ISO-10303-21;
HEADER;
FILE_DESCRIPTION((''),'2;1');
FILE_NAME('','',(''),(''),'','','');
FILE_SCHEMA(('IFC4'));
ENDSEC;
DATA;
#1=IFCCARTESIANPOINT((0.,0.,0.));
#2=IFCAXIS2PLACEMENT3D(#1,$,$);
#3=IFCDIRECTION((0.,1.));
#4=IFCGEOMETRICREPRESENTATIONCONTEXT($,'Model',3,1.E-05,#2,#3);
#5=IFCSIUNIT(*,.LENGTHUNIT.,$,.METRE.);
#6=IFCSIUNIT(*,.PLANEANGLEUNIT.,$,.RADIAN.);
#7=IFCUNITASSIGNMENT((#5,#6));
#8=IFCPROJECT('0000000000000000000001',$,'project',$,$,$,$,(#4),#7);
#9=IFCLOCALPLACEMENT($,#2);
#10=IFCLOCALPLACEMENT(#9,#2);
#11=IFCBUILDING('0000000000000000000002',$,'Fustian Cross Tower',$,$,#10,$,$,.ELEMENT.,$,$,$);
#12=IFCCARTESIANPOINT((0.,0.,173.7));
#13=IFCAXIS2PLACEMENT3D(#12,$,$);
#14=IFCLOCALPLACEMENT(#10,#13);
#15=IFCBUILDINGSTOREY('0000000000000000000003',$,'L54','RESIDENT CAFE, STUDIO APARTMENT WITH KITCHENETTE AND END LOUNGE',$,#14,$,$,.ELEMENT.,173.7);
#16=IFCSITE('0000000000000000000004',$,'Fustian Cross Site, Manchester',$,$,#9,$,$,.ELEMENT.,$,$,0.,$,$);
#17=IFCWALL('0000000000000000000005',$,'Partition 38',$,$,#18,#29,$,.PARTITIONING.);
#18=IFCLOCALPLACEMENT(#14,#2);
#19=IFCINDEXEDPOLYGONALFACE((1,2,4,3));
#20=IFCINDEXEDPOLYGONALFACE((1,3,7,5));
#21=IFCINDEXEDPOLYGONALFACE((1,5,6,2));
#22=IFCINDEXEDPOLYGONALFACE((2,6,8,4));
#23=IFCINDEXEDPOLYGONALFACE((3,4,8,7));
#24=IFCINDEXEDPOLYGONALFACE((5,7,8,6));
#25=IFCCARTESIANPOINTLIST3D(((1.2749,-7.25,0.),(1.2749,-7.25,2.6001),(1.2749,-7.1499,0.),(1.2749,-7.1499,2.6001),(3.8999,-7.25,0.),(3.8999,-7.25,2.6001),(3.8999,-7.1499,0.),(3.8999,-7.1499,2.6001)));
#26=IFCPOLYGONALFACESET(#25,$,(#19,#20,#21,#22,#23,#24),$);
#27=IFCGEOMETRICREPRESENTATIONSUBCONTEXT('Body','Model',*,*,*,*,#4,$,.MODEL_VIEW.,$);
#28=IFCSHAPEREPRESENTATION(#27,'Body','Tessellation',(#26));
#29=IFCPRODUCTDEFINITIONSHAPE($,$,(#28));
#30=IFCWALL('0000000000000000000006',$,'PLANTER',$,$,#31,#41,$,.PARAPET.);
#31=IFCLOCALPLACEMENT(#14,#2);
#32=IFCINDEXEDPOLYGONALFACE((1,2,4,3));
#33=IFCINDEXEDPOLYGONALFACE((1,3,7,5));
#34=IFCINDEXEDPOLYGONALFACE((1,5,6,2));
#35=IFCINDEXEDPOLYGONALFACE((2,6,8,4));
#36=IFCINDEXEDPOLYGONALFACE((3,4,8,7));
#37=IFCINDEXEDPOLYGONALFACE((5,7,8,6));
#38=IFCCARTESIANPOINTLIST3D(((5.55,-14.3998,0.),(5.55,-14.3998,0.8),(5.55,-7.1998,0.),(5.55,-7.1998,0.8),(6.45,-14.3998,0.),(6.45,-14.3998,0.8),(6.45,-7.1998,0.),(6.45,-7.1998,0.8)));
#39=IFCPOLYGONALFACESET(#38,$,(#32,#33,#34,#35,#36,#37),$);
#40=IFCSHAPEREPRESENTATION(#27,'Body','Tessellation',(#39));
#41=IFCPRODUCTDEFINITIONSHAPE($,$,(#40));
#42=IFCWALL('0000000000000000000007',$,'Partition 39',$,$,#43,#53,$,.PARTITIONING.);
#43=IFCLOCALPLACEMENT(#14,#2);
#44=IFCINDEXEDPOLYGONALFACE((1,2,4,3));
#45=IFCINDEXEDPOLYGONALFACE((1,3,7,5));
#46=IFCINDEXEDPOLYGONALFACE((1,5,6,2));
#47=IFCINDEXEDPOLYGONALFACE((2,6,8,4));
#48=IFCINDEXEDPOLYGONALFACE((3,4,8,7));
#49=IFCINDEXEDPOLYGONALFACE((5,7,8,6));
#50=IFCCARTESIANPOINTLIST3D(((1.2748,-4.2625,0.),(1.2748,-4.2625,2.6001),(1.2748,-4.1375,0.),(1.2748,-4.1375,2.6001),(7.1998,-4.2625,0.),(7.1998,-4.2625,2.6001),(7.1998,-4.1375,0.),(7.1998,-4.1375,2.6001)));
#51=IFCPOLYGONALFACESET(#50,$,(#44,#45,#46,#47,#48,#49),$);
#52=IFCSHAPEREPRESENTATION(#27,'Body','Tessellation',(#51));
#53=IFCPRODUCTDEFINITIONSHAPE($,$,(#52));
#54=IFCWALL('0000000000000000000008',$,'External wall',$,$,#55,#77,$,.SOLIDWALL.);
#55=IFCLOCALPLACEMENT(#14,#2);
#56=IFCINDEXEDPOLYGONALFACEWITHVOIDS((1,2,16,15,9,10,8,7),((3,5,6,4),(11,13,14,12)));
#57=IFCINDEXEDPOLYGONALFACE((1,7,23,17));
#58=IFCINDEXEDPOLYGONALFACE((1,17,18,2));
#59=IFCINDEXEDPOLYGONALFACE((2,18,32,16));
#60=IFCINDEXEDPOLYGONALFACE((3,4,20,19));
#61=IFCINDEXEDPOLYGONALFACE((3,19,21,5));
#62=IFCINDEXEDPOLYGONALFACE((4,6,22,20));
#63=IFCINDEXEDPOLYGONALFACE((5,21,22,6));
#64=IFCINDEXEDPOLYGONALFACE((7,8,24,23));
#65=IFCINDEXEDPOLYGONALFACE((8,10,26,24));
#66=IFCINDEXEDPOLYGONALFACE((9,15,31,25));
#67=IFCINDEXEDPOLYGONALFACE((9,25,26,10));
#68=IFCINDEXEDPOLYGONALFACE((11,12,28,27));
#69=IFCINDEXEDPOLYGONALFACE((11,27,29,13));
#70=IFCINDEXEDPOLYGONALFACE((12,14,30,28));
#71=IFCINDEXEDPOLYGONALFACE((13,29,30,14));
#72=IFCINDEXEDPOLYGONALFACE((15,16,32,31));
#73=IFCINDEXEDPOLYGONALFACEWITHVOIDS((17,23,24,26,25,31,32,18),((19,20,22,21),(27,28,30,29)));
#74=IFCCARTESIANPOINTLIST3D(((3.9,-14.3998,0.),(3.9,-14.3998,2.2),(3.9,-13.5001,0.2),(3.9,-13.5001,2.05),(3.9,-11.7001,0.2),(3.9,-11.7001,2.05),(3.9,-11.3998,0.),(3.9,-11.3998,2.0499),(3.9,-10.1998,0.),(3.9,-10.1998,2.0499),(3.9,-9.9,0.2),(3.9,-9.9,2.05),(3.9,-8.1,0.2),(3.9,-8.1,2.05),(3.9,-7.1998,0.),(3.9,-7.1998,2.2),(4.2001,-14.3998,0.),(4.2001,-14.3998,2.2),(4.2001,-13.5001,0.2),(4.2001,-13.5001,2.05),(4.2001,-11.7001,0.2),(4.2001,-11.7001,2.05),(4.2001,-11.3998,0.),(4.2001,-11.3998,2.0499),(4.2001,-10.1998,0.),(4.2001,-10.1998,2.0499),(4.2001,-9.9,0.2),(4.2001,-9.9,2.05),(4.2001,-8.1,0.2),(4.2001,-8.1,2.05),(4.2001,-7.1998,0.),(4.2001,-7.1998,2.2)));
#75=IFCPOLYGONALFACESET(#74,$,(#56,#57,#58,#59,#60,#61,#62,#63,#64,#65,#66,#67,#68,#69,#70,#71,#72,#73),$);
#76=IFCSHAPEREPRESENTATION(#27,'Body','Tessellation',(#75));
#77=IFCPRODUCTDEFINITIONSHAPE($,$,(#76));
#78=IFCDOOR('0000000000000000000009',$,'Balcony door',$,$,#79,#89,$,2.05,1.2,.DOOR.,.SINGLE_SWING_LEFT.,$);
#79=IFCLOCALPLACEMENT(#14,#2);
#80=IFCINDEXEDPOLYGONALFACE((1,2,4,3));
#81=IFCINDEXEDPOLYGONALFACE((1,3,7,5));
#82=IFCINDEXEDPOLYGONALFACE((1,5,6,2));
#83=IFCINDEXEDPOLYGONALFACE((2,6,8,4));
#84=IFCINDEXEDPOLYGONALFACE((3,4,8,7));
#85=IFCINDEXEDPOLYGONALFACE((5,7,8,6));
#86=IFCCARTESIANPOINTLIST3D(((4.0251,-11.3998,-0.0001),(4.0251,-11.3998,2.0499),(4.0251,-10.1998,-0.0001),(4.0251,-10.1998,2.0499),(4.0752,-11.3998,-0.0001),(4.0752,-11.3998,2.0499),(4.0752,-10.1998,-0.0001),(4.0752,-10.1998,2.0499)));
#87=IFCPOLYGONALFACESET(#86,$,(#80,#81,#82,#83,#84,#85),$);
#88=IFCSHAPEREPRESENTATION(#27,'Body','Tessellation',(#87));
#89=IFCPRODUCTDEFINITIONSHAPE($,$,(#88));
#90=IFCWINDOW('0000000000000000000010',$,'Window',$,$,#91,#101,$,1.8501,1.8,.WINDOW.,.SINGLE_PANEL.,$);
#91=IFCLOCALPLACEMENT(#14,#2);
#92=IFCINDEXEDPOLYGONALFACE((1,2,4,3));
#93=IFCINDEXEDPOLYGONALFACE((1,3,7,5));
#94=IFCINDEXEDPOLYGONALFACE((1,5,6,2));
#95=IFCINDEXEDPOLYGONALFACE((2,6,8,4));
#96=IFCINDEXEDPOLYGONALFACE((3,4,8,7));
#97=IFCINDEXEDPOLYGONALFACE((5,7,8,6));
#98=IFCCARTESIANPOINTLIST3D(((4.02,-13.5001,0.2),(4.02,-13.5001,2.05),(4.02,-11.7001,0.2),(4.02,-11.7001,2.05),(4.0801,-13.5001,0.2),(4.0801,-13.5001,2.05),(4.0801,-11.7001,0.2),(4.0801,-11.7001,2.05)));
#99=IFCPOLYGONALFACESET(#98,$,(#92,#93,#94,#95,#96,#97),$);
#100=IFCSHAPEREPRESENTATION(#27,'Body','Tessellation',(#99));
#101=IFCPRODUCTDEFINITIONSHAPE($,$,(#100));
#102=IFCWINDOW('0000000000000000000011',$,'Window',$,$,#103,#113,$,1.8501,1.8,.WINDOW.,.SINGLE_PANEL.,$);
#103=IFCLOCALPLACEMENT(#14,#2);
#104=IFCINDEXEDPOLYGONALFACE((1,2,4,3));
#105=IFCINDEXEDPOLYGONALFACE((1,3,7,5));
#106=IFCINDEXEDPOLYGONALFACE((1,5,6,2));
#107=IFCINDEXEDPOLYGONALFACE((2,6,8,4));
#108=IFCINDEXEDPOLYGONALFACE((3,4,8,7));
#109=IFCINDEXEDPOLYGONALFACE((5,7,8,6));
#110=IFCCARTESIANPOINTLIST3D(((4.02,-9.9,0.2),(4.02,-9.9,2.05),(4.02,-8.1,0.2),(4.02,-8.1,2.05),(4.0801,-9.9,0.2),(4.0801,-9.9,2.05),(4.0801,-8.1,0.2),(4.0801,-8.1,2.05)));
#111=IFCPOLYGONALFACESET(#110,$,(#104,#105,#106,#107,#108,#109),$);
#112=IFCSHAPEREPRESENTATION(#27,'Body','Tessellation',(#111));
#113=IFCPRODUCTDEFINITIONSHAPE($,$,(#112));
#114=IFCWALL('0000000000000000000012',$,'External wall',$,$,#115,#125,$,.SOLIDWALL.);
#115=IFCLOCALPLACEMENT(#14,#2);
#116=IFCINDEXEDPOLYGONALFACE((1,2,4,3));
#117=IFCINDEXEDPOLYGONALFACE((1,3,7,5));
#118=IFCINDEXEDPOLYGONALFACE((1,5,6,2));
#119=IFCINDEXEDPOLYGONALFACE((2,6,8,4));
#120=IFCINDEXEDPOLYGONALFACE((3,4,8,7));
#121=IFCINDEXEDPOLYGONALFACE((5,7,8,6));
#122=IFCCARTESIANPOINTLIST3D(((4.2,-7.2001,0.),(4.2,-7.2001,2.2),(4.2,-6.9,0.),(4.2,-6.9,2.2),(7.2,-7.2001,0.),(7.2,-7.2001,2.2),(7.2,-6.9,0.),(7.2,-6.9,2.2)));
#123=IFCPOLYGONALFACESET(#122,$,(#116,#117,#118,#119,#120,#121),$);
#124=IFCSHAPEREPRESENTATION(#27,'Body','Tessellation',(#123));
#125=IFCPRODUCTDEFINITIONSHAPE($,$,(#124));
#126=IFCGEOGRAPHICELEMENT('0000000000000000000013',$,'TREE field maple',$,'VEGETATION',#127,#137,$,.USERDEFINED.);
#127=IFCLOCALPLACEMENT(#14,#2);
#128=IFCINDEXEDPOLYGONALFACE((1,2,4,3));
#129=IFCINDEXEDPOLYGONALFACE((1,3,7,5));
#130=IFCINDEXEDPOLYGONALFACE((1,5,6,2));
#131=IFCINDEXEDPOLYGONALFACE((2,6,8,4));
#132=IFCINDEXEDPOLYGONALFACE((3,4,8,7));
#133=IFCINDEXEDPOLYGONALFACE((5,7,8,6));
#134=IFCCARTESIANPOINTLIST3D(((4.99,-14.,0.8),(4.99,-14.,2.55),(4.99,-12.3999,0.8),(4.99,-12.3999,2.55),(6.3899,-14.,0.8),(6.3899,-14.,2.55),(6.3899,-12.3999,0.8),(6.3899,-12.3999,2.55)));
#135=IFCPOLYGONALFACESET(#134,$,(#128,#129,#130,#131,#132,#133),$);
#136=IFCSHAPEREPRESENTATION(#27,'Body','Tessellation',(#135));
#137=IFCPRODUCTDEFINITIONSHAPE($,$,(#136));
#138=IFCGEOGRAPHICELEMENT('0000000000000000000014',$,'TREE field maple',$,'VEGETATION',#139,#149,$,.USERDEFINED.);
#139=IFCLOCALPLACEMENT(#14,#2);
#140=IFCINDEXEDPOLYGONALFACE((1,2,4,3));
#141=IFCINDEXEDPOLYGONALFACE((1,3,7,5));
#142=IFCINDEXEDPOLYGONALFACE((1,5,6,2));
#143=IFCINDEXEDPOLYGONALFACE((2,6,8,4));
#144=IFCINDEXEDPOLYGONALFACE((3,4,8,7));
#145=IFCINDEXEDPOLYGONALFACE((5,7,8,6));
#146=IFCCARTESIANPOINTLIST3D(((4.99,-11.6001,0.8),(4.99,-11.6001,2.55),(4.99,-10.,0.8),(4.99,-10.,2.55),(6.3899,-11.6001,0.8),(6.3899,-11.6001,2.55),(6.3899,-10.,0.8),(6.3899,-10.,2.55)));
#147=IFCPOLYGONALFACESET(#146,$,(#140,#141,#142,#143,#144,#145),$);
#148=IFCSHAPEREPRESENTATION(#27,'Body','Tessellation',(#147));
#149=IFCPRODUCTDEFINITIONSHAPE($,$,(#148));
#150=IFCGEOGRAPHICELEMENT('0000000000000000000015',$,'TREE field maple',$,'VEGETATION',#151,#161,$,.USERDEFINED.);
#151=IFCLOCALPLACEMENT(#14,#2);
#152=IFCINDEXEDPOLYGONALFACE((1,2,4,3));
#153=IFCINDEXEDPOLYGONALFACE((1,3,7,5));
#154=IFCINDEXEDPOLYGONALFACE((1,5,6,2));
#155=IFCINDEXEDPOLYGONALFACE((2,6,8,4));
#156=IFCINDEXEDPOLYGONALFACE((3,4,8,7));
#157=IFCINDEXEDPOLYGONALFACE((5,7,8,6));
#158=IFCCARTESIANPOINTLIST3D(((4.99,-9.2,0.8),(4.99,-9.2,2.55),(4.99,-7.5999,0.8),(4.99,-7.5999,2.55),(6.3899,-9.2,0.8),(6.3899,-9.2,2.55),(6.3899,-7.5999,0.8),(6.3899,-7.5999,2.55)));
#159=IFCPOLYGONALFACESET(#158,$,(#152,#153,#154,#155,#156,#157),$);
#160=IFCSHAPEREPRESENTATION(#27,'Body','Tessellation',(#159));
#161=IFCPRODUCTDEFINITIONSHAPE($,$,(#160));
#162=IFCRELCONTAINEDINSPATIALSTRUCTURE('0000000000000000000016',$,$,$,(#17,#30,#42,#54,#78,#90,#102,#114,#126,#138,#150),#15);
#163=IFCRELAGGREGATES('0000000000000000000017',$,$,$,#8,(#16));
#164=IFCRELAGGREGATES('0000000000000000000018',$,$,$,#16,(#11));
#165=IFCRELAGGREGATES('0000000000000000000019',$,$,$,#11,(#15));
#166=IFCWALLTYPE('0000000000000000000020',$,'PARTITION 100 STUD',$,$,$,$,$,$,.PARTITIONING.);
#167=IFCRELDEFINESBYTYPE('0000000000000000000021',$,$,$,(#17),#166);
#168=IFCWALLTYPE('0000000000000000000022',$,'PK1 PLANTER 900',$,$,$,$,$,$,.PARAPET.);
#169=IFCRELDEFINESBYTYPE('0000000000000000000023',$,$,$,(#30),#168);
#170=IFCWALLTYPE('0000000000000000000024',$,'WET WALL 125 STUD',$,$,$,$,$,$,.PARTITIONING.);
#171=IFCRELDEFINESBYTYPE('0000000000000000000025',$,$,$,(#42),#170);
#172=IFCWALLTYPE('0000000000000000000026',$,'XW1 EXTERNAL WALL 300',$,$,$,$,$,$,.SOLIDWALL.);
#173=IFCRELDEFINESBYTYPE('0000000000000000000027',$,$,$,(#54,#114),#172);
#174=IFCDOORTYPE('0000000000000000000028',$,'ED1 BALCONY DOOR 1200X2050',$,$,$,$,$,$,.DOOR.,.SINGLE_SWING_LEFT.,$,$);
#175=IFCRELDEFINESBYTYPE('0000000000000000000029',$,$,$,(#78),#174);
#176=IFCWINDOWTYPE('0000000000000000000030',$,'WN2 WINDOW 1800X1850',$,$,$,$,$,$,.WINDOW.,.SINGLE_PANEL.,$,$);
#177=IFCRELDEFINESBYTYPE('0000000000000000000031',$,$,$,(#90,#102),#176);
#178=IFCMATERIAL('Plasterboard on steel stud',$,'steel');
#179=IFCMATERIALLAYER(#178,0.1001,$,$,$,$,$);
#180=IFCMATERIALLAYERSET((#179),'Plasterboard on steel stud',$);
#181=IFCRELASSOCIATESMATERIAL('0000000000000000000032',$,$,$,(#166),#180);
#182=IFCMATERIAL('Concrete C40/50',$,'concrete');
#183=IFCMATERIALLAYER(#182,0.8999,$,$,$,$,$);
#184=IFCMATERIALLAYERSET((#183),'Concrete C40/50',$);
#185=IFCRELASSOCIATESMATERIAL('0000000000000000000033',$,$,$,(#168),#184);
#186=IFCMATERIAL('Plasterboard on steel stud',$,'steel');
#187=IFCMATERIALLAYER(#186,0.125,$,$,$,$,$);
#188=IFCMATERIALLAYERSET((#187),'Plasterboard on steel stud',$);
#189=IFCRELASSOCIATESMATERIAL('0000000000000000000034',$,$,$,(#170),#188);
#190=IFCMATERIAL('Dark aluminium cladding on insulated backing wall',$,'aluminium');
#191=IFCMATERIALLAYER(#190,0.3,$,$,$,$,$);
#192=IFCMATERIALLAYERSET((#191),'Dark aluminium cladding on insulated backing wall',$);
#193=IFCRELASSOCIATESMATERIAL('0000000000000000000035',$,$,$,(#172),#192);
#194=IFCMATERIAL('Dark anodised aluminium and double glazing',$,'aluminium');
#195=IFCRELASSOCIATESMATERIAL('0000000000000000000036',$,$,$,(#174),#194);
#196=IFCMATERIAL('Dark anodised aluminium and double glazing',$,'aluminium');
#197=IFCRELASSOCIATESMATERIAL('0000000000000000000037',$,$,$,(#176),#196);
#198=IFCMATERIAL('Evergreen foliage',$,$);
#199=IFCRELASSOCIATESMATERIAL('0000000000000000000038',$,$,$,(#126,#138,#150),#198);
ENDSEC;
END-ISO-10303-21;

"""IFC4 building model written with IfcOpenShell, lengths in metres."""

from ifc_helpers import new_model, si_unit, direction, frame, frame_2d, origin, origin_2d, place, context, subcontext, project, spatial, rectangle, extrude, material, layer, layer_set, type_object, element, fill, save


model = new_model("IFC4")

# Units and contexts
model_context = context("Model", 3, precision=1e-05, world=origin(), true_north=direction((0.0, 1.0)))
body_context = subcontext(model_context, "Body", "Model", "MODEL_VIEW")
ifc_project = project(units=[si_unit("LENGTHUNIT", "METRE"), si_unit("PLANEANGLEUNIT", "RADIAN")], contexts=[model_context])

# Site, building, storey
site_placement = place(None, origin())
site = spatial("IfcSite", under=ifc_project, at=site_placement, Name="Fustian Cross Site, Manchester", CompositionType="ELEMENT", RefElevation=0.0)
building_placement = place(site_placement, origin())
building = spatial("IfcBuilding", under=site, at=building_placement, Name="Fustian Cross Tower", CompositionType="ELEMENT")
storey_placement = place(building_placement, frame((0.0, 0.0, 173.7)))
storey = spatial("IfcBuildingStorey", under=building, at=storey_placement, Name="L54", Description="RESIDENT CAFE, STUDIO APARTMENT WITH KITCHENETTE AND END LOUNGE", CompositionType="ELEMENT", Elevation=173.7)

# Walls
ifc_material_1 = material(Name="Plasterboard on steel stud", Category="steel")
ifc_layer_1 = layer(ifc_material_1, 0.1001)
ifc_layer_set_1 = layer_set([ifc_layer_1], Name="Plasterboard on steel stud")
wall_type_1 = type_object("IfcWallType", Name="PARTITION 100 STUD", PredefinedType="PARTITIONING", material=ifc_layer_set_1)
for number, where, z_axis, x_axis, name in (
    (1, (1.2749, -7.2, 0.0), (0.0, 0.0, 1.0), (1.0, 0.0, 0.0), "Partition 38"),
):
    element("IfcWall", number, at=place(storey_placement, frame(where, z_axis=z_axis, x_axis=x_axis)), inside=storey, type_object=wall_type_1, Name=name, PredefinedType="PARTITIONING", context=body_context, shape_type="SweptSolid", body=[
        extrude(rectangle(XDim=2.625, YDim=0.1001, at=frame_2d((1.3125, 0.0))), origin(), (0.0, 0.0, 1.0), 2.6001),
    ])
ifc_material_2 = material(Name="Concrete C40/50", Category="concrete")
ifc_layer_2 = layer(ifc_material_2, 0.8999)
ifc_layer_set_2 = layer_set([ifc_layer_2], Name="Concrete C40/50")
wall_type_2 = type_object("IfcWallType", Name="PK1 PLANTER 900", PredefinedType="PARAPET", material=ifc_layer_set_2)
wall_1_placement = place(storey_placement, frame((6.0, -14.3999, 0.0), z_axis=(0.0, 0.0, 1.0), x_axis=(0.0, 1.0, 0.0)))
element("IfcWall", 2, at=wall_1_placement, inside=storey, type_object=wall_type_2, Name="PLANTER", PredefinedType="PARAPET", context=body_context, shape_type="SweptSolid", body=[
    extrude(rectangle(XDim=7.2, YDim=0.8999, at=frame_2d((3.6001, 0.0))), origin(), (0.0, 0.0, 1.0), 0.8),
])
ifc_material_3 = material(Name="Plasterboard on steel stud", Category="steel")
ifc_layer_3 = layer(ifc_material_3, 0.125)
ifc_layer_set_3 = layer_set([ifc_layer_3], Name="Plasterboard on steel stud")
wall_type_3 = type_object("IfcWallType", Name="WET WALL 125 STUD", PredefinedType="PARTITIONING", material=ifc_layer_set_3)
wall_2_placement = place(storey_placement, frame((1.2749, -4.2, 0.0), z_axis=(0.0, 0.0, 1.0), x_axis=(1.0, 0.0, 0.0)))
element("IfcWall", 3, at=wall_2_placement, inside=storey, type_object=wall_type_3, Name="Partition 39", PredefinedType="PARTITIONING", context=body_context, shape_type="SweptSolid", body=[
    extrude(rectangle(XDim=5.925, YDim=0.125, at=frame_2d((2.9624, 0.0))), origin(), (0.0, 0.0, 1.0), 2.6001),
])

# Wall, openings, door, windows
ifc_material_4 = material(Name="Dark aluminium cladding on insulated backing wall", Category="aluminium")
ifc_layer_4 = layer(ifc_material_4, 0.3)
ifc_layer_set_4 = layer_set([ifc_layer_4], Name="Dark aluminium cladding on insulated backing wall")
wall_type_4 = type_object("IfcWallType", Name="XW1 EXTERNAL WALL 300", PredefinedType="SOLIDWALL", material=ifc_layer_set_4)
wall_3_placement = place(storey_placement, frame((4.05, -14.3999, 0.0), z_axis=(0.0, 0.0, 1.0), x_axis=(0.0, 1.0, 0.0)))
wall_3 = element("IfcWall", 4, at=wall_3_placement, inside=storey, type_object=wall_type_4, Name="External wall", PredefinedType="SOLIDWALL", context=body_context, shape_type="SweptSolid", body=[
    extrude(rectangle(XDim=7.2, YDim=0.3, at=frame_2d((3.6001, 0.0))), origin(), (0.0, 0.0, 1.0), 2.2),
])
opening_1_placement = place(wall_3_placement, frame((3.0, 0.0, 0.0)))
opening_1 = element("IfcOpeningElement", 5, at=opening_1_placement, cuts=wall_3, PredefinedType="OPENING", context=body_context, shape_type="SweptSolid", body=[
    extrude(rectangle(XDim=1.2, YDim=2.05, at=frame_2d((0.6001, 1.0249))), frame((0.0, 0.1599, 0.0), z_axis=(0.0, -1.0, 0.0), x_axis=(1.0, 0.0, 0.0)), (0.0, 0.0, 1.0), 0.3201),
])
opening_2_placement = place(wall_3_placement, frame((0.8999, 0.0, 0.2)))
opening_2 = element("IfcOpeningElement", 6, at=opening_2_placement, cuts=wall_3, PredefinedType="OPENING", context=body_context, shape_type="SweptSolid", body=[
    extrude(rectangle(XDim=1.8, YDim=1.8501, at=frame_2d((0.8999, 0.925))), frame((0.0, 0.1599, 0.0), z_axis=(0.0, -1.0, 0.0), x_axis=(1.0, 0.0, 0.0)), (0.0, 0.0, 1.0), 0.3201),
])
opening_3_placement = place(wall_3_placement, frame((4.5, 0.0, 0.2)))
opening_3 = element("IfcOpeningElement", 7, at=opening_3_placement, cuts=wall_3, PredefinedType="OPENING", context=body_context, shape_type="SweptSolid", body=[
    extrude(rectangle(XDim=1.8, YDim=1.8501, at=frame_2d((0.8999, 0.925))), frame((0.0, 0.1599, 0.0), z_axis=(0.0, -1.0, 0.0), x_axis=(1.0, 0.0, 0.0)), (0.0, 0.0, 1.0), 0.3201),
])
ifc_material_5 = material(Name="Dark anodised aluminium and double glazing", Category="aluminium")
door_type_1 = type_object("IfcDoorType", Name="ED1 BALCONY DOOR 1200X2050", OperationType="SINGLE_SWING_LEFT", PredefinedType="DOOR", material=ifc_material_5)
door_1_placement = place(opening_1_placement, origin())
door_1 = element("IfcDoor", 8, at=door_1_placement, inside=storey, type_object=door_type_1, Name="Balcony door", OperationType="SINGLE_SWING_LEFT", OverallHeight=2.05, OverallWidth=1.2, PredefinedType="DOOR", context=body_context, shape_type="SweptSolid", body=[
    extrude(rectangle(XDim=1.2, YDim=2.05, at=frame_2d((0.6001, 1.0249))), frame((0.0, 0.0249, 0.0), z_axis=(0.0, -1.0, 0.0), x_axis=(1.0, 0.0, 0.0)), (0.0, 0.0, 1.0), 0.05),
])
fill(opening_1, door_1)
ifc_material_6 = material(Name="Dark anodised aluminium and double glazing", Category="aluminium")
window_type = type_object("IfcWindowType", Name="WN2 WINDOW 1800X1850", PartitioningType="SINGLE_PANEL", PredefinedType="WINDOW", material=ifc_material_6)
window_1_placement = place(opening_2_placement, origin())
window_1 = element("IfcWindow", 9, at=window_1_placement, inside=storey, type_object=window_type, Name="Window", OverallHeight=1.8501, OverallWidth=1.8, PartitioningType="SINGLE_PANEL", PredefinedType="WINDOW", context=body_context, shape_type="SweptSolid", body=[
    extrude(rectangle(XDim=1.8, YDim=1.8501, at=frame_2d((0.8999, 0.925))), frame((0.0, 0.03, 0.0), z_axis=(0.0, -1.0, 0.0), x_axis=(1.0, 0.0, 0.0)), (0.0, 0.0, 1.0), 0.0601),
])
fill(opening_2, window_1)
window_2_placement = place(opening_3_placement, origin())
window_2 = element("IfcWindow", 10, at=window_2_placement, inside=storey, type_object=window_type, Name="Window", OverallHeight=1.8501, OverallWidth=1.8, PartitioningType="SINGLE_PANEL", PredefinedType="WINDOW", context=body_context, shape_type="SweptSolid", body=[
    extrude(rectangle(XDim=1.8, YDim=1.8501, at=frame_2d((0.8999, 0.925))), frame((0.0, 0.03, 0.0), z_axis=(0.0, -1.0, 0.0), x_axis=(1.0, 0.0, 0.0)), (0.0, 0.0, 1.0), 0.0601),
])
fill(opening_3, window_2)

# Wall
wall_4_placement = place(storey_placement, frame((4.2, -7.05, 0.0), z_axis=(0.0, 0.0, 1.0), x_axis=(1.0, 0.0, 0.0)))
element("IfcWall", 11, at=wall_4_placement, inside=storey, type_object=wall_type_4, Name="External wall", PredefinedType="SOLIDWALL", context=body_context, shape_type="SweptSolid", body=[
    extrude(rectangle(XDim=3.0, YDim=0.3, at=frame_2d((1.5, 0.0))), origin(), (0.0, 0.0, 1.0), 2.2),
])

# Geographic elements
ifc_material_7 = material(Name="Evergreen foliage")
for number, where, z_axis, x_axis, name in (
    (12, (5.6899, -13.2, 0.8), (0.0, 0.0, 1.0), (1.0, 0.0, 0.0), "TREE field maple"),
    (13, (5.6899, -10.8, 0.8), (0.0, 0.0, 1.0), (1.0, 0.0, 0.0), "TREE field maple"),
    (14, (5.6899, -8.3999, 0.8), (0.0, 0.0, 1.0), (1.0, 0.0, 0.0), "TREE field maple"),
):
    element("IfcGeographicElement", number, at=place(storey_placement, frame(where, z_axis=z_axis, x_axis=x_axis)), inside=storey, material=ifc_material_7, Name=name, ObjectType="VEGETATION", PredefinedType="USERDEFINED", context=body_context, shape_type="SweptSolid", body=[
        extrude(rectangle(XDim=1.3999, YDim=1.6001, at=origin_2d()), origin(), (0.0, 0.0, 1.0), 1.75),
    ])

save(model, "model.ifc")
